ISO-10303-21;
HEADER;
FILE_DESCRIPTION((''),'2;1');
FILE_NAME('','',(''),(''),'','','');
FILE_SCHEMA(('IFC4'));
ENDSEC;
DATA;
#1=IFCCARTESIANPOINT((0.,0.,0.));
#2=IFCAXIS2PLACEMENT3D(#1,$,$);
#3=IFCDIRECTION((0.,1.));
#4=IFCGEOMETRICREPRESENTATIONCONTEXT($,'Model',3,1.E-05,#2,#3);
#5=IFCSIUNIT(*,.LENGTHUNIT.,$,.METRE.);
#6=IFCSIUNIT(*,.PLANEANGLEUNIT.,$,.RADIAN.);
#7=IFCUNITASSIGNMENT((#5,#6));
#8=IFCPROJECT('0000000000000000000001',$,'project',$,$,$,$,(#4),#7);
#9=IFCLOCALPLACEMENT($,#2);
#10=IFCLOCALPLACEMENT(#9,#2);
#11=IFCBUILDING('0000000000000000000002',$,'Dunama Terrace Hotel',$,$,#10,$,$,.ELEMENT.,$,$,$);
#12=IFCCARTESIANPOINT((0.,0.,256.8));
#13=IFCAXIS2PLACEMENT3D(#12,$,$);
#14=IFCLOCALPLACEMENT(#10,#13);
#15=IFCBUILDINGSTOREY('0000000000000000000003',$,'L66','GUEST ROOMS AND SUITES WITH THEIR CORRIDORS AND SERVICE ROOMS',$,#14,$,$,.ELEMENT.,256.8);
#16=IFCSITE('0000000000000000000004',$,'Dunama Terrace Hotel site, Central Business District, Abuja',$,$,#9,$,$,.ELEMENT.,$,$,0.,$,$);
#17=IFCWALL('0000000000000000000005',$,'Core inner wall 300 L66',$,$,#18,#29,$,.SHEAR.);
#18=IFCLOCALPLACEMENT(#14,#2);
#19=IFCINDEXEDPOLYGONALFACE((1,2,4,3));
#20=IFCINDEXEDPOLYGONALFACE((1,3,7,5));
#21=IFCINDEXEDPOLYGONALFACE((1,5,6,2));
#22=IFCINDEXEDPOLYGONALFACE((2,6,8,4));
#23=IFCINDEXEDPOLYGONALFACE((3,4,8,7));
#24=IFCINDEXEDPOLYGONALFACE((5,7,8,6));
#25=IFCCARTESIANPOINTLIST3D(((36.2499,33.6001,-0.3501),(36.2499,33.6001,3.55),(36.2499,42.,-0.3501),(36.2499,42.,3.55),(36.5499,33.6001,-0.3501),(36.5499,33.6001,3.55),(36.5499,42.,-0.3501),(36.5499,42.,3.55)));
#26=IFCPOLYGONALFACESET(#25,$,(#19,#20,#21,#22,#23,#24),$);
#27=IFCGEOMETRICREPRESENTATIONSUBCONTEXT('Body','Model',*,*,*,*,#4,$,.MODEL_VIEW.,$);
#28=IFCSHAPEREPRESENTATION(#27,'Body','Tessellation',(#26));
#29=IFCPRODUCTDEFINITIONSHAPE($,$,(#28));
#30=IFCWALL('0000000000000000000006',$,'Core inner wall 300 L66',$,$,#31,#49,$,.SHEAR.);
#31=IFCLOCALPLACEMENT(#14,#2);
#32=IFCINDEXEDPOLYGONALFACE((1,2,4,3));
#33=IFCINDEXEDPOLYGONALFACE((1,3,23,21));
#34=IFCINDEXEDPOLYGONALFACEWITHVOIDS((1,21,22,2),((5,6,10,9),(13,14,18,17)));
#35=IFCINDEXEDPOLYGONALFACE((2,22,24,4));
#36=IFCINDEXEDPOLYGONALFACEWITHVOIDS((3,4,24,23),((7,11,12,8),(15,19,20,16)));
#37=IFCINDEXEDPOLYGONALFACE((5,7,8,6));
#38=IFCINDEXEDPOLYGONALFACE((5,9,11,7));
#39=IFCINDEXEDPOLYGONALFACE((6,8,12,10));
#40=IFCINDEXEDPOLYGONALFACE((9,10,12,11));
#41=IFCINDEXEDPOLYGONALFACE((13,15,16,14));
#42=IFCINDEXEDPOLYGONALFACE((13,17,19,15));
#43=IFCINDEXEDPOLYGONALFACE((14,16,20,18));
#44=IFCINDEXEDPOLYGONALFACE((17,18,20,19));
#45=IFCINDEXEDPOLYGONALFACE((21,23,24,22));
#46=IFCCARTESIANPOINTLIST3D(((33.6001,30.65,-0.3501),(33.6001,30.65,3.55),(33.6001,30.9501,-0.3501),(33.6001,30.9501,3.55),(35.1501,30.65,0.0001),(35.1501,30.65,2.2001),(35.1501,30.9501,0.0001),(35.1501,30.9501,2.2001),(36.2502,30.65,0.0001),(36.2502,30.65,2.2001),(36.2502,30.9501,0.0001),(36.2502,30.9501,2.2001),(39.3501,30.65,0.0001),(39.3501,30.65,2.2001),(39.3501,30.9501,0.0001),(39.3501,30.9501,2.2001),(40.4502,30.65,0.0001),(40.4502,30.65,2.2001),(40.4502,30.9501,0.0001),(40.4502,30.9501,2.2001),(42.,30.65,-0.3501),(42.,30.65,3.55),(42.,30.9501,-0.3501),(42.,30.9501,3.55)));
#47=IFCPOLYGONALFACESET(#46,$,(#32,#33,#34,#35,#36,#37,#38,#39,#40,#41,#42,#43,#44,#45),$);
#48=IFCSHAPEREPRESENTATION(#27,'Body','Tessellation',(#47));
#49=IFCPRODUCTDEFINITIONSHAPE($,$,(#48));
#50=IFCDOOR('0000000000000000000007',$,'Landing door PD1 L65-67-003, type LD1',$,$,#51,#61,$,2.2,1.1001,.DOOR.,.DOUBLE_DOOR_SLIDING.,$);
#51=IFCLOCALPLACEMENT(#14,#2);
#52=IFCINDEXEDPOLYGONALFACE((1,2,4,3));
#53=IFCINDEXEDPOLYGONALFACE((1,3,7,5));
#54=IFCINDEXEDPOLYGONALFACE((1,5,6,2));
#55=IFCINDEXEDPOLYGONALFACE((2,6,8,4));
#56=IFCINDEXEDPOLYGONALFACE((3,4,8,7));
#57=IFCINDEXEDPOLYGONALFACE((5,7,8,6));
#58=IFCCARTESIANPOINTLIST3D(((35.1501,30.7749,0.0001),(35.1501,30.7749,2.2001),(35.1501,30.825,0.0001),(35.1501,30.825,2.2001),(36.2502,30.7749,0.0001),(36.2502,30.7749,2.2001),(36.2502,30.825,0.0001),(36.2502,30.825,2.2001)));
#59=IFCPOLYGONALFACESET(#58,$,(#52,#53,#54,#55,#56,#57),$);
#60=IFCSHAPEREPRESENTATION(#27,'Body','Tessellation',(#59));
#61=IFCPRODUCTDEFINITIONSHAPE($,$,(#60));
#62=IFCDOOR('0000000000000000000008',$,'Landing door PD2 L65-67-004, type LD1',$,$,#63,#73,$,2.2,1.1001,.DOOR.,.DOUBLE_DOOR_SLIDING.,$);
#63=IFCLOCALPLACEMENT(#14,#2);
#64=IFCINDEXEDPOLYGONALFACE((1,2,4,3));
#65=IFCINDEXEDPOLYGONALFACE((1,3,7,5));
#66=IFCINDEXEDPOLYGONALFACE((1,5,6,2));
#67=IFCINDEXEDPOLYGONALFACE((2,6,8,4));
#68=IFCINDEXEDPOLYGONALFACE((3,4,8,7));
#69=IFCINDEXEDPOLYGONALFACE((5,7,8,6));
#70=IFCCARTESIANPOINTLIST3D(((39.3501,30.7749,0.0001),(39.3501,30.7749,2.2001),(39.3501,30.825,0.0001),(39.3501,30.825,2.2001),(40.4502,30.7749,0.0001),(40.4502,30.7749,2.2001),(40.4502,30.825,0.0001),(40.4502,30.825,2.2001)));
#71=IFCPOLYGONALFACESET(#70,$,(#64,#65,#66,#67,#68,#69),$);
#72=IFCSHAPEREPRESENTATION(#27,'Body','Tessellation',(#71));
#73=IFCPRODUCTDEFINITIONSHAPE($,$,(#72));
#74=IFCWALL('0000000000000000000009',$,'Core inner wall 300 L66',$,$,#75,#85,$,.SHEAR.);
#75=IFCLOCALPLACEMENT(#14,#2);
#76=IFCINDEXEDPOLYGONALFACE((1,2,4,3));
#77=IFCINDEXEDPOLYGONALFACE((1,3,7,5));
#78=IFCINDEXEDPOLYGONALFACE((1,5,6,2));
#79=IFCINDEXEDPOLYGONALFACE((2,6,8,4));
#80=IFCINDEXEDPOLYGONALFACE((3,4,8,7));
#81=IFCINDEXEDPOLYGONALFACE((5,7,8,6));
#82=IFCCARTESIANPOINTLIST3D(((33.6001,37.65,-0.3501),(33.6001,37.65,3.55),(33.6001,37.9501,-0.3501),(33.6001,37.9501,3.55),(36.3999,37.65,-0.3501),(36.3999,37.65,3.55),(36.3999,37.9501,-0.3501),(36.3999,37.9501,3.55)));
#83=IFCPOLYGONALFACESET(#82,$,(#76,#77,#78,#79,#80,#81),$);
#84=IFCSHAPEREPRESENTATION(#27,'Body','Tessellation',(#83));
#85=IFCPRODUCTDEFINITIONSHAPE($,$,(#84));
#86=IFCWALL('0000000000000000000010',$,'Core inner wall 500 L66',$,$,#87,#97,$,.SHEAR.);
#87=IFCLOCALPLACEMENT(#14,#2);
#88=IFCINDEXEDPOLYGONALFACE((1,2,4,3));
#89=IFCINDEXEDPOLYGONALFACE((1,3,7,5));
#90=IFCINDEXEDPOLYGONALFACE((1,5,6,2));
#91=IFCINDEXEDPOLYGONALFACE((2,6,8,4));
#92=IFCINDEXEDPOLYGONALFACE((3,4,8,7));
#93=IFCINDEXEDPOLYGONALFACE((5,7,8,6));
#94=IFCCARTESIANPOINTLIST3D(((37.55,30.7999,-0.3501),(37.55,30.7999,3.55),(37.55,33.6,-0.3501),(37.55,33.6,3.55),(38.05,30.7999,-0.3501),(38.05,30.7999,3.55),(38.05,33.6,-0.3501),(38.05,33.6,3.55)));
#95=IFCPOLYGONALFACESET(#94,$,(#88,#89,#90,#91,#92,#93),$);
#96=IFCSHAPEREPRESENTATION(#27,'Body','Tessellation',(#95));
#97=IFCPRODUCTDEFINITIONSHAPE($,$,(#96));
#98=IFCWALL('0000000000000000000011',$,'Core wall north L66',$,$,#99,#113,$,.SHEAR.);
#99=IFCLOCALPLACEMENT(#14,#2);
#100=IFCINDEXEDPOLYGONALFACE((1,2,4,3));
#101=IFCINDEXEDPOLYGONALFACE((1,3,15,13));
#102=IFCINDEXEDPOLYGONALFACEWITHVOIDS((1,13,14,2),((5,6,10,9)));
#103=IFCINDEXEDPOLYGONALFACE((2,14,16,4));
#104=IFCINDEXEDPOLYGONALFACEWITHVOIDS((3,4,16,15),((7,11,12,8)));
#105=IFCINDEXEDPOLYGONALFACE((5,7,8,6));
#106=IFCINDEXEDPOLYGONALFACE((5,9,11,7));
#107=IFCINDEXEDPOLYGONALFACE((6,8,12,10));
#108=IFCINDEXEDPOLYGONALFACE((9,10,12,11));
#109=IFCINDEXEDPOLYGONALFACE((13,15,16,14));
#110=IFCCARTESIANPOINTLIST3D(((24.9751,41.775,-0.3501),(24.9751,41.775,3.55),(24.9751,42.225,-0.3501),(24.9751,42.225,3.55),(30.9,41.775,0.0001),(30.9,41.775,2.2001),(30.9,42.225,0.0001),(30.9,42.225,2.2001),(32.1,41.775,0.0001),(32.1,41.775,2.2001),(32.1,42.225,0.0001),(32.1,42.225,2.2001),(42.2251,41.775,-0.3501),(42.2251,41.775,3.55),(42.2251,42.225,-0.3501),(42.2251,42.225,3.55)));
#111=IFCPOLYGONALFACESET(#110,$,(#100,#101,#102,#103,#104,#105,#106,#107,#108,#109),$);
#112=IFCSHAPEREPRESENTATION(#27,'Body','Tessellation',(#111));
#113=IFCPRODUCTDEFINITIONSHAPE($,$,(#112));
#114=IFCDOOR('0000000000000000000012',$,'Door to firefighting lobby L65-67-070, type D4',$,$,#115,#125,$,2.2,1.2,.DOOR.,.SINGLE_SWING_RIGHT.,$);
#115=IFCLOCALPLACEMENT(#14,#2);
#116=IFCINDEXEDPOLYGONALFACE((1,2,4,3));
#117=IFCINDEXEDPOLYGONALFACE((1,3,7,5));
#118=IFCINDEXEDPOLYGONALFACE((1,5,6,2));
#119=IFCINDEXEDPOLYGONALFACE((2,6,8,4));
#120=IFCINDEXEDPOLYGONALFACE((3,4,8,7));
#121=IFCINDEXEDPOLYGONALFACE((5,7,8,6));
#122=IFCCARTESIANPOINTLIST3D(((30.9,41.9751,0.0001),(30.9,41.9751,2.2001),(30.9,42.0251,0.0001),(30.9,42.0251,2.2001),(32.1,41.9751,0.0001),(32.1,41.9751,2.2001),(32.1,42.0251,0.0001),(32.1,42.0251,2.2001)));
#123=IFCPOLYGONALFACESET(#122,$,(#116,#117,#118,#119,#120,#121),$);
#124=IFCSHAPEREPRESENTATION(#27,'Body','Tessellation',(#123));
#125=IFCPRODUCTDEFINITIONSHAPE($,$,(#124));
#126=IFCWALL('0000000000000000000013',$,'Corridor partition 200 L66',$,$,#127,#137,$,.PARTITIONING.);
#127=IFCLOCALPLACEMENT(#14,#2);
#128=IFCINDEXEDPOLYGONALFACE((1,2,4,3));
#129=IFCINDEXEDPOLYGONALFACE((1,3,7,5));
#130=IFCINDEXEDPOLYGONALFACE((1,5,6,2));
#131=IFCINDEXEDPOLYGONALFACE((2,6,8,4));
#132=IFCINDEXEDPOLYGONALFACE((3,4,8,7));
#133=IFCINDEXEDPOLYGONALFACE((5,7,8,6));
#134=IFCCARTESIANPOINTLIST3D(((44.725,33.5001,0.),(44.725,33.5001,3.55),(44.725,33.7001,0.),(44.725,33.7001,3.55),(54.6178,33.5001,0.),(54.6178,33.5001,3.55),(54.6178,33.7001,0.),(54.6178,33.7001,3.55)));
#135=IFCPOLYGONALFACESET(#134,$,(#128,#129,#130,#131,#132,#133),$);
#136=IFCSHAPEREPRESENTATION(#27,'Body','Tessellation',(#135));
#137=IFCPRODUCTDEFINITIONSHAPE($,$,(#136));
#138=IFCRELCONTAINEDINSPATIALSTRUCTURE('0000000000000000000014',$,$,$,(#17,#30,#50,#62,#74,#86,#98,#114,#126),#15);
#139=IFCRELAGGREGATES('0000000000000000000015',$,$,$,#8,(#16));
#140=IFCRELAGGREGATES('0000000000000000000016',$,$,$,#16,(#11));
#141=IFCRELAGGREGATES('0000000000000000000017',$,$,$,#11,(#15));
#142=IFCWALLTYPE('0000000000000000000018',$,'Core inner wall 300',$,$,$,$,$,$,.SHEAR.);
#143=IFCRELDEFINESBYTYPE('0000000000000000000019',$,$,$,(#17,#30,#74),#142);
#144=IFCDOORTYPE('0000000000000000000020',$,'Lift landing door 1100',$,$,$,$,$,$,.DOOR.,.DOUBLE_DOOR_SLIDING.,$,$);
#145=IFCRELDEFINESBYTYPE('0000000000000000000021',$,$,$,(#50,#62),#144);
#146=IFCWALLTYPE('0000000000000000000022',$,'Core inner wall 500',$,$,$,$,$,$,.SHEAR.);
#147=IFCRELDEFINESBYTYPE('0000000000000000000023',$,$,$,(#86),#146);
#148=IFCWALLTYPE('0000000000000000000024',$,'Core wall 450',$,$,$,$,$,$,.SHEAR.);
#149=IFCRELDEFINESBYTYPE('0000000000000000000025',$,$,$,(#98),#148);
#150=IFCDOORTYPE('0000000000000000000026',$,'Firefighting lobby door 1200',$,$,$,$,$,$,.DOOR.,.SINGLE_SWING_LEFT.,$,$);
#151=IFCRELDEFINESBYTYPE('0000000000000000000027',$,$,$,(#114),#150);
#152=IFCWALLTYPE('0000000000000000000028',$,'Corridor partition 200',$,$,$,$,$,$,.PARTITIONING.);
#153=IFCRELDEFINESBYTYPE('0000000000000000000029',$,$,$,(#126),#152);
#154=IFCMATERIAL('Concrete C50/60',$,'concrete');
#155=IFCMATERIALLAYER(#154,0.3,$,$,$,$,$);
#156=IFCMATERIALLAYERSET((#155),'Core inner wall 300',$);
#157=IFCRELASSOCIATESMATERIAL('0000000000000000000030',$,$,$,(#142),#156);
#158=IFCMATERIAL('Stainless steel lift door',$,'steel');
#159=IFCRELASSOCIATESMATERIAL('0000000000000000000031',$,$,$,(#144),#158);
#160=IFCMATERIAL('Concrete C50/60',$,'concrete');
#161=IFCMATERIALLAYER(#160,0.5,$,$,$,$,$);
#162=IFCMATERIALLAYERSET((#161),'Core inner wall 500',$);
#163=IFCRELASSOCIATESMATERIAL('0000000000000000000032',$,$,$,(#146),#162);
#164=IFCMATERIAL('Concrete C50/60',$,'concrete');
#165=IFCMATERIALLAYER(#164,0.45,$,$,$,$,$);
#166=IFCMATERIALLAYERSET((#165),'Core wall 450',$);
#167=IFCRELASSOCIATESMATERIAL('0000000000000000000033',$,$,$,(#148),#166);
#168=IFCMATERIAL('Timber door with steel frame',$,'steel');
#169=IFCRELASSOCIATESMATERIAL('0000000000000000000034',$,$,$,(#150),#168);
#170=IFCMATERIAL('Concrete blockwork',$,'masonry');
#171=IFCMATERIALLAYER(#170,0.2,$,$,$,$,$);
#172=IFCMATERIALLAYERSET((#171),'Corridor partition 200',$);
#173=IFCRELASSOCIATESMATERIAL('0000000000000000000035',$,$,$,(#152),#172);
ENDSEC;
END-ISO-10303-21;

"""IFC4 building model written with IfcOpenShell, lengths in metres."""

from ifc_helpers import new_model, si_unit, direction, frame, frame_2d, origin, place, context, subcontext, project, spatial, rectangle, extrude, material, layer, layer_set, type_object, element, fill, save


model = new_model("IFC4")

# Units and contexts
model_context = context("Model", 3, precision=1e-05, world=origin(), true_north=direction((0.0, 1.0)))
body_context = subcontext(model_context, "Body", "Model", "MODEL_VIEW")
ifc_project = project(units=[si_unit("LENGTHUNIT", "METRE"), si_unit("PLANEANGLEUNIT", "RADIAN")], contexts=[model_context])

# Site, building, storey
site_placement = place(None, origin())
site = spatial("IfcSite", under=ifc_project, at=site_placement, Name="Dunama Terrace Hotel site, Central Business District, Abuja", CompositionType="ELEMENT", RefElevation=0.0)
building_placement = place(site_placement, origin())
building = spatial("IfcBuilding", under=site, at=building_placement, Name="Dunama Terrace Hotel", CompositionType="ELEMENT")
storey_placement = place(building_placement, frame((0.0, 0.0, 256.8)))
storey = spatial("IfcBuildingStorey", under=building, at=storey_placement, Name="L66", Description="GUEST ROOMS AND SUITES WITH THEIR CORRIDORS AND SERVICE ROOMS", CompositionType="ELEMENT", Elevation=256.8)

# Wall
ifc_material_1 = material(Name="Concrete C50/60", Category="concrete")
ifc_layer_1 = layer(ifc_material_1, 0.3)
ifc_layer_set_1 = layer_set([ifc_layer_1], Name="Core inner wall 300")
wall_type_1 = type_object("IfcWallType", Name="Core inner wall 300", PredefinedType="SHEAR", material=ifc_layer_set_1)
wall_1_placement = place(storey_placement, frame((36.3999, 33.6001, -0.3501), z_axis=(0.0, 0.0, 1.0), x_axis=(0.0, 1.0, 0.0)))
element("IfcWall", 1, at=wall_1_placement, inside=storey, type_object=wall_type_1, Name="Core inner wall 300 L66", PredefinedType="SHEAR", context=body_context, shape_type="SweptSolid", body=[
    extrude(rectangle(XDim=8.3999, YDim=0.3, at=frame_2d((4.2, 0.0))), origin(), (0.0, 0.0, 1.0), 3.9001),
])

# Wall, openings, doors
wall_2_placement = place(storey_placement, frame((33.6001, 30.8, -0.3501), z_axis=(0.0, 0.0, 1.0), x_axis=(1.0, 0.0, 0.0)))
wall_2 = element("IfcWall", 2, at=wall_2_placement, inside=storey, type_object=wall_type_1, Name="Core inner wall 300 L66", PredefinedType="SHEAR", context=body_context, shape_type="SweptSolid", body=[
    extrude(rectangle(XDim=8.3999, YDim=0.3, at=frame_2d((4.2, 0.0))), origin(), (0.0, 0.0, 1.0), 3.9001),
])
opening_1_placement = place(wall_2_placement, frame((1.55, 0.0, 0.3501)))
opening_1 = element("IfcOpeningElement", 3, at=opening_1_placement, cuts=wall_2, PredefinedType="OPENING", context=body_context, shape_type="SweptSolid", body=[
    extrude(rectangle(XDim=1.1001, YDim=2.2, at=frame_2d((0.55, 1.1001))), frame((0.0, 0.1599, 0.0), z_axis=(0.0, -1.0, 0.0), x_axis=(1.0, 0.0, 0.0)), (0.0, 0.0, 1.0), 0.3201),
])
opening_2_placement = place(wall_2_placement, frame((5.75, 0.0, 0.3501)))
opening_2 = element("IfcOpeningElement", 4, at=opening_2_placement, cuts=wall_2, PredefinedType="OPENING", context=body_context, shape_type="SweptSolid", body=[
    extrude(rectangle(XDim=1.1001, YDim=2.2, at=frame_2d((0.55, 1.1001))), frame((0.0, 0.1599, 0.0), z_axis=(0.0, -1.0, 0.0), x_axis=(1.0, 0.0, 0.0)), (0.0, 0.0, 1.0), 0.3201),
])
ifc_material_2 = material(Name="Stainless steel lift door", Category="steel")
door_type_1 = type_object("IfcDoorType", Name="Lift landing door 1100", OperationType="DOUBLE_DOOR_SLIDING", PredefinedType="DOOR", material=ifc_material_2)
door_1_placement = place(opening_1_placement, origin())
door_1 = element("IfcDoor", 5, at=door_1_placement, inside=storey, type_object=door_type_1, Name="Landing door PD1 L65-67-003, type LD1", OperationType="DOUBLE_DOOR_SLIDING", OverallHeight=2.2, OverallWidth=1.1001, PredefinedType="DOOR", context=body_context, shape_type="SweptSolid", body=[
    extrude(rectangle(XDim=1.1001, YDim=2.2, at=frame_2d((0.55, 1.1001))), frame((0.0, 0.0249, 0.0), z_axis=(0.0, -1.0, 0.0), x_axis=(1.0, 0.0, 0.0)), (0.0, 0.0, 1.0), 0.05),
])
fill(opening_1, door_1)
door_2_placement = place(opening_2_placement, origin())
door_2 = element("IfcDoor", 6, at=door_2_placement, inside=storey, type_object=door_type_1, Name="Landing door PD2 L65-67-004, type LD1", OperationType="DOUBLE_DOOR_SLIDING", OverallHeight=2.2, OverallWidth=1.1001, PredefinedType="DOOR", context=body_context, shape_type="SweptSolid", body=[
    extrude(rectangle(XDim=1.1001, YDim=2.2, at=frame_2d((0.55, 1.1001))), frame((0.0, 0.0249, 0.0), z_axis=(0.0, -1.0, 0.0), x_axis=(1.0, 0.0, 0.0)), (0.0, 0.0, 1.0), 0.05),
])
fill(opening_2, door_2)

# Walls
wall_3_placement = place(storey_placement, frame((33.6001, 37.8, -0.3501), z_axis=(0.0, 0.0, 1.0), x_axis=(1.0, 0.0, 0.0)))
element("IfcWall", 7, at=wall_3_placement, inside=storey, type_object=wall_type_1, Name="Core inner wall 300 L66", PredefinedType="SHEAR", context=body_context, shape_type="SweptSolid", body=[
    extrude(rectangle(XDim=2.7998, YDim=0.3, at=frame_2d((1.3999, 0.0))), origin(), (0.0, 0.0, 1.0), 3.9001),
])
ifc_material_3 = material(Name="Concrete C50/60", Category="concrete")
ifc_layer_2 = layer(ifc_material_3, 0.5)
ifc_layer_set_2 = layer_set([ifc_layer_2], Name="Core inner wall 500")
wall_type_2 = type_object("IfcWallType", Name="Core inner wall 500", PredefinedType="SHEAR", material=ifc_layer_set_2)
wall_4_placement = place(storey_placement, frame((37.8, 30.8, -0.3501), z_axis=(0.0, 0.0, 1.0), x_axis=(0.0, 1.0, 0.0)))
element("IfcWall", 8, at=wall_4_placement, inside=storey, type_object=wall_type_2, Name="Core inner wall 500 L66", PredefinedType="SHEAR", context=body_context, shape_type="SweptSolid", body=[
    extrude(rectangle(XDim=2.8, YDim=0.5, at=frame_2d((1.3999, 0.0))), origin(), (0.0, 0.0, 1.0), 3.9001),
])

# Wall, opening, door
ifc_material_4 = material(Name="Concrete C50/60", Category="concrete")
ifc_layer_3 = layer(ifc_material_4, 0.45)
ifc_layer_set_3 = layer_set([ifc_layer_3], Name="Core wall 450")
wall_type_3 = type_object("IfcWallType", Name="Core wall 450", PredefinedType="SHEAR", material=ifc_layer_set_3)
wall_5_placement = place(storey_placement, frame((42.2251, 42.0, -0.3501), z_axis=(0.0, 0.0, 1.0), x_axis=(-1.0, 0.0, 0.0)))
wall_5 = element("IfcWall", 9, at=wall_5_placement, inside=storey, type_object=wall_type_3, Name="Core wall north L66", PredefinedType="SHEAR", context=body_context, shape_type="SweptSolid", body=[
    extrude(rectangle(XDim=17.25, YDim=0.45, at=frame_2d((8.625, 0.0))), origin(), (0.0, 0.0, 1.0), 3.9001),
])
opening_3_placement = place(wall_5_placement, frame((10.125, 0.0, 0.3501)))
opening_3 = element("IfcOpeningElement", 10, at=opening_3_placement, cuts=wall_5, PredefinedType="OPENING", context=body_context, shape_type="SweptSolid", body=[
    extrude(rectangle(XDim=1.2, YDim=2.2, at=frame_2d((0.6001, 1.1001))), frame((0.0, 0.2349, 0.0), z_axis=(0.0, -1.0, 0.0), x_axis=(1.0, 0.0, 0.0)), (0.0, 0.0, 1.0), 0.47),
])
ifc_material_5 = material(Name="Timber door with steel frame", Category="steel")
door_type_2 = type_object("IfcDoorType", Name="Firefighting lobby door 1200", OperationType="SINGLE_SWING_LEFT", PredefinedType="DOOR", material=ifc_material_5)
door_3_placement = place(opening_3_placement, origin())
door_3 = element("IfcDoor", 11, at=door_3_placement, inside=storey, type_object=door_type_2, Name="Door to firefighting lobby L65-67-070, type D4", OperationType="SINGLE_SWING_RIGHT", OverallHeight=2.2, OverallWidth=1.2, PredefinedType="DOOR", context=body_context, shape_type="SweptSolid", body=[
    extrude(rectangle(XDim=1.2, YDim=2.2, at=frame_2d((0.6001, 1.1001))), frame((0.0, 0.0249, 0.0), z_axis=(0.0, -1.0, 0.0), x_axis=(1.0, 0.0, 0.0)), (0.0, 0.0, 1.0), 0.05),
])
fill(opening_3, door_3)

# Wall
ifc_material_6 = material(Name="Concrete blockwork", Category="masonry")
ifc_layer_4 = layer(ifc_material_6, 0.2)
ifc_layer_set_4 = layer_set([ifc_layer_4], Name="Corridor partition 200")
wall_type_4 = type_object("IfcWallType", Name="Corridor partition 200", PredefinedType="PARTITIONING", material=ifc_layer_set_4)
wall_6_placement = place(storey_placement, frame((44.7251, 33.6001, 0.0), z_axis=(0.0, 0.0, 1.0), x_axis=(1.0, 0.0, 0.0)))
element("IfcWall", 12, at=wall_6_placement, inside=storey, type_object=wall_type_4, Name="Corridor partition 200 L66", PredefinedType="PARTITIONING", context=body_context, shape_type="SweptSolid", body=[
    extrude(rectangle(XDim=9.8928, YDim=0.2, at=frame_2d((4.9463, 0.0))), origin(), (0.0, 0.0, 1.0), 3.55),
])

save(model, "model.ifc")
